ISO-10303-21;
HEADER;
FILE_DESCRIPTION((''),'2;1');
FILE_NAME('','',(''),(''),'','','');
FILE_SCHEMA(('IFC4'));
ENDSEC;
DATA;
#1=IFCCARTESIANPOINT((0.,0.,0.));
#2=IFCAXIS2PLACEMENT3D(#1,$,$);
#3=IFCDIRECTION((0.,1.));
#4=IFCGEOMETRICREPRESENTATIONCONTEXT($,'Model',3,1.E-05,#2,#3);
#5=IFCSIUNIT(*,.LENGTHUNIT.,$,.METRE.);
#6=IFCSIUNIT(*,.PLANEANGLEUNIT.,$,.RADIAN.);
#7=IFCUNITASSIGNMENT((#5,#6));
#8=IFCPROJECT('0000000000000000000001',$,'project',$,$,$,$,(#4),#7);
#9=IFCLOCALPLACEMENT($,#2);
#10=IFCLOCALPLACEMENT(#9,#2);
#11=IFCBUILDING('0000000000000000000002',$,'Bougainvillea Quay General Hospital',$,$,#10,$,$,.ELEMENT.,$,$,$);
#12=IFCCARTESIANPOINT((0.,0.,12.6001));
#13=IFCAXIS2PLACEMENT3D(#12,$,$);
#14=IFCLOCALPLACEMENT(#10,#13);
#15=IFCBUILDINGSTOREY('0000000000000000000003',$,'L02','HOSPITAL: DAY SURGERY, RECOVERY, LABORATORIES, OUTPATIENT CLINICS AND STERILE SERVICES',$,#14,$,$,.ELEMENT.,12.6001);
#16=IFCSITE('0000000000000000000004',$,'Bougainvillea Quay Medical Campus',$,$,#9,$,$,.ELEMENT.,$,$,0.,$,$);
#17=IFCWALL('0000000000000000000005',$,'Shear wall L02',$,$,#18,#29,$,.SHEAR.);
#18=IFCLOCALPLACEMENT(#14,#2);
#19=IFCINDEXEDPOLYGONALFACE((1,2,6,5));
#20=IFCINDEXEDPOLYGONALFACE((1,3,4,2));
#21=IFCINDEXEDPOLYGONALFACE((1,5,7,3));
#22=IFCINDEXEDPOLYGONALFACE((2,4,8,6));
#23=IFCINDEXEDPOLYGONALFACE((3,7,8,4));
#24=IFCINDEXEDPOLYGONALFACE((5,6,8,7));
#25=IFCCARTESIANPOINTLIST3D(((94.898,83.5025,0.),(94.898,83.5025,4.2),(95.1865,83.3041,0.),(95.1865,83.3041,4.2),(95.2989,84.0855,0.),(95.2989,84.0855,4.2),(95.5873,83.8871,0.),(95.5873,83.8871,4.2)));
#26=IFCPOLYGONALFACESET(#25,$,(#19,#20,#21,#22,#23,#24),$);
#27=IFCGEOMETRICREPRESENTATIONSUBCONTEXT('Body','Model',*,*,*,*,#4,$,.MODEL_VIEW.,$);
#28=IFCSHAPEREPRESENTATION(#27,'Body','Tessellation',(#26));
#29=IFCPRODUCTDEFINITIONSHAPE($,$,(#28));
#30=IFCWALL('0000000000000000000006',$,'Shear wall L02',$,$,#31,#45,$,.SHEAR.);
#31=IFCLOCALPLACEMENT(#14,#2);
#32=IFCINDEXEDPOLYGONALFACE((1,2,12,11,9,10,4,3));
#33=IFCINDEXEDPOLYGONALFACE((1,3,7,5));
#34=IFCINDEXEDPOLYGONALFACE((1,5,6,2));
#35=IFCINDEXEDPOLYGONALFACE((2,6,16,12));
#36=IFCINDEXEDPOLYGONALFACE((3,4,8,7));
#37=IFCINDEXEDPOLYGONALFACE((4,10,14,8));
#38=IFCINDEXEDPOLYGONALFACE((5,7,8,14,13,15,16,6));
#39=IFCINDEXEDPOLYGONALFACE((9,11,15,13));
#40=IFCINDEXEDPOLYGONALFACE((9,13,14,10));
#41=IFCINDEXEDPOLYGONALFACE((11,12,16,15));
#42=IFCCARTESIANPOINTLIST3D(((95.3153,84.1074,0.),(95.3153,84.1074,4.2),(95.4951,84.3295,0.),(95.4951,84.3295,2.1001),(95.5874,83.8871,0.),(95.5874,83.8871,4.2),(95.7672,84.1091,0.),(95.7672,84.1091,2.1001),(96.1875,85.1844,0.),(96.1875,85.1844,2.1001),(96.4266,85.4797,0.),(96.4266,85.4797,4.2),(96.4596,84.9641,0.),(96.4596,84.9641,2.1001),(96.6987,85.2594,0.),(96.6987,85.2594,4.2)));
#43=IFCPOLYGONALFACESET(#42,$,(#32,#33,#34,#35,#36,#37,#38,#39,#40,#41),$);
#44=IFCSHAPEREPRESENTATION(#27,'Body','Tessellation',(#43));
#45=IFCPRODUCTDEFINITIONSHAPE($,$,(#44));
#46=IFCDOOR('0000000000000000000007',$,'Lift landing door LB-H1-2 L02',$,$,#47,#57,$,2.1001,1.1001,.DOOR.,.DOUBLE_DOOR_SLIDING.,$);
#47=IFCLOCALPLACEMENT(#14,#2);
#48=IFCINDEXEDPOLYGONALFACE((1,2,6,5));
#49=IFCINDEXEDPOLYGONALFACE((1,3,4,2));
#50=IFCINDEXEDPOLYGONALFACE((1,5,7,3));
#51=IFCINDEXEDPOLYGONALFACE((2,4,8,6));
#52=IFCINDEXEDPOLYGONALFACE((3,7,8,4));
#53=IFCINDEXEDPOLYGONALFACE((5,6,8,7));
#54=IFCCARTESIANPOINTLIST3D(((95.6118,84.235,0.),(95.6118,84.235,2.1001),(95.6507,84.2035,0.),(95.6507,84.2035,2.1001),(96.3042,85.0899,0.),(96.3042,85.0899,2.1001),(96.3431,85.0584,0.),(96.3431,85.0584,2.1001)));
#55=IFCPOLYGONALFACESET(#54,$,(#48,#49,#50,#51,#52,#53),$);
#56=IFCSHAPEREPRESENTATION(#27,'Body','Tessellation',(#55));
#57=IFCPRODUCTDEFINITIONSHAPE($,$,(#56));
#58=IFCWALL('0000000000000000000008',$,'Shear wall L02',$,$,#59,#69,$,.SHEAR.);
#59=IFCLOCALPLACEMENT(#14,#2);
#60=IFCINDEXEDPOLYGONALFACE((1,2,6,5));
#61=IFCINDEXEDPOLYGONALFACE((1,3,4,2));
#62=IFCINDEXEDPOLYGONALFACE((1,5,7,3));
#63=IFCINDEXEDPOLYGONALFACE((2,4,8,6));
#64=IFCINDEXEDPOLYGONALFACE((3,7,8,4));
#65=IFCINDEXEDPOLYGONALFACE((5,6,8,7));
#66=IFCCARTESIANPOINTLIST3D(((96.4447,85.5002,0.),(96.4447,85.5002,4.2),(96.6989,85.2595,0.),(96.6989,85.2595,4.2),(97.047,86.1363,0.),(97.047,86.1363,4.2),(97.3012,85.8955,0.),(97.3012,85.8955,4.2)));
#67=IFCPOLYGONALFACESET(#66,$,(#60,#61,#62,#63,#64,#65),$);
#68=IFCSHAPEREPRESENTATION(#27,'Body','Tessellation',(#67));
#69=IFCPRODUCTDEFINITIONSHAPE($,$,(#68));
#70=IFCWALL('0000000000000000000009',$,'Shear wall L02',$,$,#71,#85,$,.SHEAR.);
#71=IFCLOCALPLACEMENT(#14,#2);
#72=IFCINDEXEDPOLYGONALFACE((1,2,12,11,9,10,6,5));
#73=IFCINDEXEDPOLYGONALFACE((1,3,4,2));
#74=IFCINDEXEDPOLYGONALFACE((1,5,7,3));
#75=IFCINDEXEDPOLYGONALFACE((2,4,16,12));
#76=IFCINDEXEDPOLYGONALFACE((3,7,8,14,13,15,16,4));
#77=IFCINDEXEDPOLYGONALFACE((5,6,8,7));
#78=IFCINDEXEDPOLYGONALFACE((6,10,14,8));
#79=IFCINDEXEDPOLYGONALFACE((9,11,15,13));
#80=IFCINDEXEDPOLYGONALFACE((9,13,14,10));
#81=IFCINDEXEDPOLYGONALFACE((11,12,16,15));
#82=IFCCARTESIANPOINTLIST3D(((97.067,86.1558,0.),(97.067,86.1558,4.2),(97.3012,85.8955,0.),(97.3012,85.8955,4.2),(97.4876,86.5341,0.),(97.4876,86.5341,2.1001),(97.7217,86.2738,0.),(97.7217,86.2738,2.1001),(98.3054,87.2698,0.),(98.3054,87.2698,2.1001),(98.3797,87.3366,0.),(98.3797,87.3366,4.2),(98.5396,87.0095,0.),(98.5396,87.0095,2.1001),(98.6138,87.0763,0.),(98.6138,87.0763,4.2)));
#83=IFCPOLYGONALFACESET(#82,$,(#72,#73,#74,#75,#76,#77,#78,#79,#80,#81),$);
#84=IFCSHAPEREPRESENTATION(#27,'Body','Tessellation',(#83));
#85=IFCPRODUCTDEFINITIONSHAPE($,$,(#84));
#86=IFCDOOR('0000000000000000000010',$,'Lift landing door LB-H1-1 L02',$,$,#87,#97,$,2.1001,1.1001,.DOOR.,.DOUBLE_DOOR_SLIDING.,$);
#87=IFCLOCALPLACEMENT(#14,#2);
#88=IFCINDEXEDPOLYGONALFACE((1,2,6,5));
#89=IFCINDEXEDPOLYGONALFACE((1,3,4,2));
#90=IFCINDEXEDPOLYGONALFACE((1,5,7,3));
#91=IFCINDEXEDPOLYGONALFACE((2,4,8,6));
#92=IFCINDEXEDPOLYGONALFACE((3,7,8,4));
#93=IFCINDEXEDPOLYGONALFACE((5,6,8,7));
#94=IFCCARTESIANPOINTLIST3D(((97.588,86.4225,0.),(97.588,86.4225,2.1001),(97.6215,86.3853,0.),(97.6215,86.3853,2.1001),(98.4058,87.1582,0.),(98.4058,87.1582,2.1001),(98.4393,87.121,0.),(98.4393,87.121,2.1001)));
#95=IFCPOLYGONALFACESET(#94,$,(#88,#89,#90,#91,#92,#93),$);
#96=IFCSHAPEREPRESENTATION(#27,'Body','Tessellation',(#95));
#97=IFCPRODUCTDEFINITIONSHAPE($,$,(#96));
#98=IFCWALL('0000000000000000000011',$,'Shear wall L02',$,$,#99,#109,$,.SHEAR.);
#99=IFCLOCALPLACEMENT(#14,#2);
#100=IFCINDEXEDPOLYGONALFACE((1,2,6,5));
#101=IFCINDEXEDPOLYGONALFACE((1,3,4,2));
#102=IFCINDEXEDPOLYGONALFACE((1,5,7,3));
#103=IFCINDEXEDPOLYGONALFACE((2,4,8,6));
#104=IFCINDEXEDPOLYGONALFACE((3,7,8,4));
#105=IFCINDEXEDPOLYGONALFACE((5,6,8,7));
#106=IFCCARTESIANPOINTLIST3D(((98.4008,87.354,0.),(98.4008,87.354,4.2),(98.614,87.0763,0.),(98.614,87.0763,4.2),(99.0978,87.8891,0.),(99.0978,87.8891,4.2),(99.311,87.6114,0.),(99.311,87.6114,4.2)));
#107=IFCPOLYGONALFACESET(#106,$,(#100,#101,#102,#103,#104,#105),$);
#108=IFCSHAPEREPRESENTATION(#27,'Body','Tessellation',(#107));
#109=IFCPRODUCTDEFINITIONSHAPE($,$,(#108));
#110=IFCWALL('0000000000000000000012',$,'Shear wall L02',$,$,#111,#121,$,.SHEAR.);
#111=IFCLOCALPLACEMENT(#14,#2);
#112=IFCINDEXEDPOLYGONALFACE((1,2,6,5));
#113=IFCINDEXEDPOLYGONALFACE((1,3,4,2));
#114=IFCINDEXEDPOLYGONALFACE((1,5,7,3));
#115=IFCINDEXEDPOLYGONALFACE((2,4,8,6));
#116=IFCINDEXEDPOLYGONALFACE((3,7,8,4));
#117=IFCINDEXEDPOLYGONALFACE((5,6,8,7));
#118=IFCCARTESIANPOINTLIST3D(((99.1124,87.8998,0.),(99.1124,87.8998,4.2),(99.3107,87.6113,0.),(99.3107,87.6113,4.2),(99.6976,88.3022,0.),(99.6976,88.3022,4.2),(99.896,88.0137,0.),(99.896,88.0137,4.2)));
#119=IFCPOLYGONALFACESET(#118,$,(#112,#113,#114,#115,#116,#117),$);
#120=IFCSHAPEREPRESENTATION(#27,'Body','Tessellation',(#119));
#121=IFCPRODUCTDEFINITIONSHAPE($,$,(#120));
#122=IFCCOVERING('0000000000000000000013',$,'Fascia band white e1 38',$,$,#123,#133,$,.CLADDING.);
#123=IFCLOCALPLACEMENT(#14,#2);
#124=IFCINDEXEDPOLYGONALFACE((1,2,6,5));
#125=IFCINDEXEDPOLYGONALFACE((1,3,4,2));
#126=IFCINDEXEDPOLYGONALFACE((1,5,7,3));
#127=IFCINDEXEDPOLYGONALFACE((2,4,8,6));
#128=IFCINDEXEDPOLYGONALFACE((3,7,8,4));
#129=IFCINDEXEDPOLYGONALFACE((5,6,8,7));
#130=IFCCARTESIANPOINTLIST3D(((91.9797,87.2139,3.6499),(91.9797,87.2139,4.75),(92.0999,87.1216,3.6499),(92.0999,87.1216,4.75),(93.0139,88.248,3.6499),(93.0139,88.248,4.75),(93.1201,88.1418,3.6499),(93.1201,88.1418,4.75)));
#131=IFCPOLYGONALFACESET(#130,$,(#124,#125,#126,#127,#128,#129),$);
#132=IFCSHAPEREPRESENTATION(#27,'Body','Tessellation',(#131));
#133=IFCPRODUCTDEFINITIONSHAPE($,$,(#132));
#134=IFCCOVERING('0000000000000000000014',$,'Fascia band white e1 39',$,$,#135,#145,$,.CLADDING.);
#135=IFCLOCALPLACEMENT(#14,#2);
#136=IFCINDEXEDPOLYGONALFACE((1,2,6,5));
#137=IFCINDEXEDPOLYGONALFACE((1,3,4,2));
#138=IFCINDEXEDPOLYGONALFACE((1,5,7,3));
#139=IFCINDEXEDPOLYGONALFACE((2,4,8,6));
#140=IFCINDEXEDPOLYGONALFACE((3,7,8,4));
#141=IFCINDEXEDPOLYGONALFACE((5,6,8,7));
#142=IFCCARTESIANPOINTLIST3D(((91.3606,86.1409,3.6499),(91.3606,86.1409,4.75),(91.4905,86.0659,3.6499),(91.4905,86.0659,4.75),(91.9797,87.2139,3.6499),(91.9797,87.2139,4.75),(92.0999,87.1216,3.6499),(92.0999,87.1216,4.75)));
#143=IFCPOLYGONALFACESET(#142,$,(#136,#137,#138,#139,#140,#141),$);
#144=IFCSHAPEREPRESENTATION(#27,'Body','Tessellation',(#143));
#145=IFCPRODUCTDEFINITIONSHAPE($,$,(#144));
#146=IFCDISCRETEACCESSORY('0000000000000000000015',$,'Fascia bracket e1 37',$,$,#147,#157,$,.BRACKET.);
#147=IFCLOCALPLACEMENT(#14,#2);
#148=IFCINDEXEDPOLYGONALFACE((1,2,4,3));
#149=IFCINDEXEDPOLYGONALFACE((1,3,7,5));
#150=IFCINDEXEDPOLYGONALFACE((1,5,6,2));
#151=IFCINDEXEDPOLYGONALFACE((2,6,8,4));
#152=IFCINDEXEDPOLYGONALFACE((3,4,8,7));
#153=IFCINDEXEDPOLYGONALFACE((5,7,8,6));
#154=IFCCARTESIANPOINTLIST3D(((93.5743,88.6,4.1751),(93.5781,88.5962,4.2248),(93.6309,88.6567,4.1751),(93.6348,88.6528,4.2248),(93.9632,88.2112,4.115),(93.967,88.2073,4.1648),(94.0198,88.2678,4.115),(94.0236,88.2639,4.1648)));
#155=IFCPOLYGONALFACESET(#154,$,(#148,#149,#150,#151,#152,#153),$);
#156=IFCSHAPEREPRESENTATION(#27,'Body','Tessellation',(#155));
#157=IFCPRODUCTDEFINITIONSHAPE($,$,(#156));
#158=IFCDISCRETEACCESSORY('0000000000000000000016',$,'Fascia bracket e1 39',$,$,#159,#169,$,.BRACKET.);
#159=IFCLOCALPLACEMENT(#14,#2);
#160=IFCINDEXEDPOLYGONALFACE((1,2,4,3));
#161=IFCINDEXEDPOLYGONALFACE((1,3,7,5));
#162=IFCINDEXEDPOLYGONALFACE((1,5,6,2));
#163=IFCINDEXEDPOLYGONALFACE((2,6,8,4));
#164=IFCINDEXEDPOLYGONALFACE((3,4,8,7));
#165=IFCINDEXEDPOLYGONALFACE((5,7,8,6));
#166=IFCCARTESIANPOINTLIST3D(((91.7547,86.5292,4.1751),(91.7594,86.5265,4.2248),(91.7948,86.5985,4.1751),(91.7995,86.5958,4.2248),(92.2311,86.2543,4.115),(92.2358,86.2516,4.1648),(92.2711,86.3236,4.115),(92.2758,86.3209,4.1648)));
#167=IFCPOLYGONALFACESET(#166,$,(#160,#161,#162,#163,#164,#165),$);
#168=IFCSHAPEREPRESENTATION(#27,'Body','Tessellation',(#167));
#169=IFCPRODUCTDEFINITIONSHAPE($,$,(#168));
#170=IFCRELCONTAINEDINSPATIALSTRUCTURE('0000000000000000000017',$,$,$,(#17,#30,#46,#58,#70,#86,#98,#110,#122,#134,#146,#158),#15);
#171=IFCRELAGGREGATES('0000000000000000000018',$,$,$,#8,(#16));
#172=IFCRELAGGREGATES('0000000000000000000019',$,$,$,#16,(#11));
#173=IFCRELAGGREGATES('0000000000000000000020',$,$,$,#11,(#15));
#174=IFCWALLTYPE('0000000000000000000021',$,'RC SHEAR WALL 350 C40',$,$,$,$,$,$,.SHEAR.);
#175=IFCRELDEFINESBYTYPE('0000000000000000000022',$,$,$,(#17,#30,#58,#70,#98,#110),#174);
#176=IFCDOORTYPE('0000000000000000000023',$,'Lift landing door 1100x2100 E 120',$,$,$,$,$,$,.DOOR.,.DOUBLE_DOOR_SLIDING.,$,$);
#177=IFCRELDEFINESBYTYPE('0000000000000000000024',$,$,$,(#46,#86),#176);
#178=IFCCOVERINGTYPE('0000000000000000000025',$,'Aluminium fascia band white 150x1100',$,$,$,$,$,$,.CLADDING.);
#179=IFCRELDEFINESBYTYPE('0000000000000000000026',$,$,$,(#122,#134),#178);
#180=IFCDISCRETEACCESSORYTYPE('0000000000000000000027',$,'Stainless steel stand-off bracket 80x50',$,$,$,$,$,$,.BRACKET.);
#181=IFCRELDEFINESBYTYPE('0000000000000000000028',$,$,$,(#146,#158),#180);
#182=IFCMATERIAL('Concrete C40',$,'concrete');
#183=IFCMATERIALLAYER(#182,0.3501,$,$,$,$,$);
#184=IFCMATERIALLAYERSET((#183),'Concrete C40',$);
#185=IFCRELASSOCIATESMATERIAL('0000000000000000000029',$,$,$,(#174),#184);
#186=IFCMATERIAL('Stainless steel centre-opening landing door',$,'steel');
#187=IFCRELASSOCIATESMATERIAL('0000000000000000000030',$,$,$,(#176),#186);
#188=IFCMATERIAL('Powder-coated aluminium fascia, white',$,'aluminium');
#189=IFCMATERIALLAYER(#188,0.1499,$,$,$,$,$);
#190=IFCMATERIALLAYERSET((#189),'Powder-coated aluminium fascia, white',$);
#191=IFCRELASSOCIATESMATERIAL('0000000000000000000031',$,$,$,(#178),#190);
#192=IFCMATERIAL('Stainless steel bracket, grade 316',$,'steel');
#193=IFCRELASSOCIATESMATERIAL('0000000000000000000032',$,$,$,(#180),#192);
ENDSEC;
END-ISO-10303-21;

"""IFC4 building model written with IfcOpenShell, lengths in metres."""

from ifc_helpers import new_model, si_unit, direction, frame, frame_2d, origin, origin_2d, place, context, subcontext, project, spatial, polyline, rectangle, outline, extrude, material, layer, layer_set, material_profile, profile_set, type_object, element, fill, save


model = new_model("IFC4")

# Units and contexts
model_context = context("Model", 3, precision=1e-05, world=origin(), true_north=direction((0.0, 1.0)))
body_context = subcontext(model_context, "Body", "Model", "MODEL_VIEW")
ifc_project = project(units=[si_unit("LENGTHUNIT", "METRE"), si_unit("PLANEANGLEUNIT", "RADIAN")], contexts=[model_context])

# Site, building, storey
site_placement = place(None, origin())
site = spatial("IfcSite", under=ifc_project, at=site_placement, Name="Bougainvillea Quay Medical Campus", CompositionType="ELEMENT", RefElevation=0.0)
building_placement = place(site_placement, origin())
building = spatial("IfcBuilding", under=site, at=building_placement, Name="Bougainvillea Quay General Hospital", CompositionType="ELEMENT")
storey_placement = place(building_placement, frame((0.0, 0.0, 12.6001)))
storey = spatial("IfcBuildingStorey", under=building, at=storey_placement, Name="L02", Description="HOSPITAL: DAY SURGERY, RECOVERY, LABORATORIES, OUTPATIENT CLINICS AND STERILE SERVICES", CompositionType="ELEMENT", Elevation=12.6001)

# Shared definitions
ifc_material_1 = material(Name="Concrete C40", Category="concrete")

# Wall
ifc_layer_1 = layer(ifc_material_1, 0.3501)
ifc_layer_set_1 = layer_set([ifc_layer_1], Name="Concrete C40")
wall_type_1 = type_object("IfcWallType", Name="RC SHEAR WALL 350 C40", PredefinedType="SHEAR", material=ifc_layer_set_1)
wall_1_placement = place(storey_placement, frame((95.0422, 83.4033, 0.0), z_axis=(0.0, 0.0, 1.0), x_axis=(0.566587, 0.824002, 0.0)))
element("IfcWall", 1, at=wall_1_placement, inside=storey, type_object=wall_type_1, Name="Shear wall L02", PredefinedType="SHEAR", context=body_context, shape_type="SweptSolid", body=[
    extrude(rectangle(XDim=0.7075, YDim=0.3501, at=frame_2d((0.3538, 0.0))), origin(), (0.0, 0.0, 1.0), 4.2),
])

# Wall, opening, door
wall_2_placement = place(storey_placement, frame((95.4514, 83.9973, 0.0), z_axis=(0.0, 0.0, 1.0), x_axis=(0.629337, 0.777132, 0.0)))
wall_2 = element("IfcWall", 2, at=wall_2_placement, inside=storey, type_object=wall_type_1, Name="Shear wall L02", PredefinedType="SHEAR", context=body_context, shape_type="SweptSolid", body=[
    extrude(rectangle(XDim=1.7659, YDim=0.3501, at=frame_2d((0.8828, 0.0))), origin(), (0.0, 0.0, 1.0), 4.2),
])
opening_1_placement = place(wall_2_placement, frame((0.2856, 0.0, 0.0)))
opening_1 = element("IfcOpeningElement", 3, at=opening_1_placement, cuts=wall_2, PredefinedType="OPENING", context=body_context, shape_type="SweptSolid", body=[
    extrude(rectangle(XDim=1.1001, YDim=2.1001, at=frame_2d((0.55, 1.05))), frame((0.0, 0.1851, 0.0), z_axis=(0.0, -1.0, 0.0), x_axis=(1.0, 0.0, 0.0)), (0.0, 0.0, 1.0), 0.3701),
])
ifc_material_2 = material(Name="Stainless steel centre-opening landing door", Category="steel")
door_type_1 = type_object("IfcDoorType", Name="Lift landing door 1100x2100 E 120", OperationType="DOUBLE_DOOR_SLIDING", PredefinedType="DOOR", material=ifc_material_2)
door_1_placement = place(opening_1_placement, origin())
door_1 = element("IfcDoor", 4, at=door_1_placement, inside=storey, type_object=door_type_1, Name="Lift landing door LB-H1-2 L02", OperationType="DOUBLE_DOOR_SLIDING", OverallHeight=2.1001, OverallWidth=1.1001, PredefinedType="DOOR", context=body_context, shape_type="SweptSolid", body=[
    extrude(rectangle(XDim=1.1001, YDim=2.1001, at=frame_2d((0.55, 1.05))), frame((0.0, 0.0249, 0.0), z_axis=(0.0, -1.0, 0.0), x_axis=(1.0, 0.0, 0.0)), (0.0, 0.0, 1.0), 0.05),
])
fill(opening_1, door_1)

# Wall
wall_3_placement = place(storey_placement, frame((96.5718, 85.3799, 0.0), z_axis=(0.0, 0.0, 1.0), x_axis=(0.687613, 0.726077, 0.0)))
element("IfcWall", 5, at=wall_3_placement, inside=storey, type_object=wall_type_1, Name="Shear wall L02", PredefinedType="SHEAR", context=body_context, shape_type="SweptSolid", body=[
    extrude(rectangle(XDim=0.876, YDim=0.3501, at=frame_2d((0.438, 0.0))), origin(), (0.0, 0.0, 1.0), 4.2),
])

# Wall, opening, door
wall_4_placement = place(storey_placement, frame((97.1841, 86.0256, 0.0), z_axis=(0.0, 0.0, 1.0), x_axis=(0.743452, 0.668789, 0.0)))
wall_4 = element("IfcWall", 6, at=wall_4_placement, inside=storey, type_object=wall_type_1, Name="Shear wall L02", PredefinedType="SHEAR", context=body_context, shape_type="SweptSolid", body=[
    extrude(rectangle(XDim=1.7656, YDim=0.3501, at=frame_2d((0.8828, 0.0))), origin(), (0.0, 0.0, 1.0), 4.2),
])
opening_2_placement = place(wall_4_placement, frame((0.5657, 0.0, 0.0)))
opening_2 = element("IfcOpeningElement", 7, at=opening_2_placement, cuts=wall_4, PredefinedType="OPENING", context=body_context, shape_type="SweptSolid", body=[
    extrude(rectangle(XDim=1.1001, YDim=2.1001, at=frame_2d((0.55, 1.05))), frame((0.0, 0.1851, 0.0), z_axis=(0.0, -1.0, 0.0), x_axis=(1.0, 0.0, 0.0)), (0.0, 0.0, 1.0), 0.3701),
])
door_2_placement = place(opening_2_placement, origin())
door_2 = element("IfcDoor", 8, at=door_2_placement, inside=storey, type_object=door_type_1, Name="Lift landing door LB-H1-1 L02", OperationType="DOUBLE_DOOR_SLIDING", OverallHeight=2.1001, OverallWidth=1.1001, PredefinedType="DOOR", context=body_context, shape_type="SweptSolid", body=[
    extrude(rectangle(XDim=1.1001, YDim=2.1001, at=frame_2d((0.55, 1.05))), frame((0.0, 0.0249, 0.0), z_axis=(0.0, -1.0, 0.0), x_axis=(1.0, 0.0, 0.0)), (0.0, 0.0, 1.0), 0.05),
])
fill(opening_2, door_2)

# Walls
wall_5_placement = place(storey_placement, frame((98.5073, 87.2151, 0.0), z_axis=(0.0, 0.0, 1.0), x_axis=(0.793181, 0.608985, 0.0)))
element("IfcWall", 9, at=wall_5_placement, inside=storey, type_object=wall_type_1, Name="Shear wall L02", PredefinedType="SHEAR", context=body_context, shape_type="SweptSolid", body=[
    extrude(rectangle(XDim=0.8787, YDim=0.3501, at=frame_2d((0.4395, 0.0))), origin(), (0.0, 0.0, 1.0), 4.2),
])
wall_6_placement = place(storey_placement, frame((99.2117, 87.7556, 0.0), z_axis=(0.0, 0.0, 1.0), x_axis=(0.824032, 0.566543, 0.0)))
element("IfcWall", 10, at=wall_6_placement, inside=storey, type_object=wall_type_1, Name="Shear wall L02", PredefinedType="SHEAR", context=body_context, shape_type="SweptSolid", body=[
    extrude(rectangle(XDim=0.7102, YDim=0.3501, at=frame_2d((0.355, 0.0))), origin(), (0.0, 0.0, 1.0), 4.2),
])

# Coverings
ifc_material_3 = material(Name="Powder-coated aluminium fascia, white", Category="aluminium")
ifc_layer_2 = layer(ifc_material_3, 0.1499)
ifc_layer_set_2 = layer_set([ifc_layer_2], Name="Powder-coated aluminium fascia, white")
covering_type = type_object("IfcCoveringType", Name="Aluminium fascia band white 150x1100", PredefinedType="CLADDING", material=ifc_layer_set_2)
covering_1_placement = place(storey_placement, frame((93.1201, 88.1418, 3.6499), z_axis=(0.0, 0.0, 1.0), x_axis=(-0.707107, -0.707107, 0.0)))
element("IfcCovering", 11, at=covering_1_placement, inside=storey, type_object=covering_type, Name="Fascia band white e1 38", PredefinedType="CLADDING", context=body_context, shape_type="SweptSolid", body=[
    extrude(outline(polyline([(0.0, 0.0), (1.4429, 0.0), (1.4626, -0.1502), (0.0, -0.1502), (0.0, 0.0)])), origin(), (0.0, 0.0, 1.0), 1.1001),
])
covering_2_placement = place(storey_placement, frame((92.0999, 87.1216, 3.6499), z_axis=(0.0, 0.0, 1.0), x_axis=(-0.499931, -0.866066, 0.0)))
element("IfcCovering", 12, at=covering_2_placement, inside=storey, type_object=covering_type, Name="Fascia band white e1 39", PredefinedType="CLADDING", context=body_context, shape_type="SweptSolid", body=[
    extrude(outline(polyline([(0.0, 0.0), (1.2189, 0.0), (1.2189, -0.15), (-0.0199, -0.1502), (0.0, 0.0)])), origin(), (0.0, 0.0, 1.0), 1.1001),
])

# Discrete accessories
ifc_material_4 = material(Name="Stainless steel bracket, grade 316", Category="steel")
ifc_material_profile_1 = material_profile(ifc_material_4, rectangle(XDim=0.0801, YDim=0.05, at=origin_2d()))
ifc_profile_set_1 = profile_set([ifc_material_profile_1], Name="Stainless steel bracket, grade 316")
discrete_accessory_type = type_object("IfcDiscreteAccessoryType", Name="Stainless steel stand-off bracket 80x50", PredefinedType="BRACKET", material=ifc_profile_set_1)
for number, where, z_axis, x_axis, name in (
    (13, (93.9934, 88.2375, 4.1399), (-0.702928, 0.702928, 0.10855), (-0.707107, -0.707107, 0.0), "Fascia bracket e1 37"),
    (14, (92.2534, 86.2876, 4.1399), (-0.860985, 0.496909, 0.108561), (-0.499863, -0.866104, 0.0), "Fascia bracket e1 39"),
):
    element("IfcDiscreteAccessory", number, at=place(storey_placement, frame(where, z_axis=z_axis, x_axis=x_axis)), inside=storey, type_object=discrete_accessory_type, Name=name, PredefinedType="BRACKET", context=body_context, shape_type="SweptSolid", body=[
        extrude(rectangle(XDim=0.0801, YDim=0.05, at=origin_2d()), origin(), (0.0, 0.0, 1.0), 0.5532),
    ])

save(model, "model.ifc")
